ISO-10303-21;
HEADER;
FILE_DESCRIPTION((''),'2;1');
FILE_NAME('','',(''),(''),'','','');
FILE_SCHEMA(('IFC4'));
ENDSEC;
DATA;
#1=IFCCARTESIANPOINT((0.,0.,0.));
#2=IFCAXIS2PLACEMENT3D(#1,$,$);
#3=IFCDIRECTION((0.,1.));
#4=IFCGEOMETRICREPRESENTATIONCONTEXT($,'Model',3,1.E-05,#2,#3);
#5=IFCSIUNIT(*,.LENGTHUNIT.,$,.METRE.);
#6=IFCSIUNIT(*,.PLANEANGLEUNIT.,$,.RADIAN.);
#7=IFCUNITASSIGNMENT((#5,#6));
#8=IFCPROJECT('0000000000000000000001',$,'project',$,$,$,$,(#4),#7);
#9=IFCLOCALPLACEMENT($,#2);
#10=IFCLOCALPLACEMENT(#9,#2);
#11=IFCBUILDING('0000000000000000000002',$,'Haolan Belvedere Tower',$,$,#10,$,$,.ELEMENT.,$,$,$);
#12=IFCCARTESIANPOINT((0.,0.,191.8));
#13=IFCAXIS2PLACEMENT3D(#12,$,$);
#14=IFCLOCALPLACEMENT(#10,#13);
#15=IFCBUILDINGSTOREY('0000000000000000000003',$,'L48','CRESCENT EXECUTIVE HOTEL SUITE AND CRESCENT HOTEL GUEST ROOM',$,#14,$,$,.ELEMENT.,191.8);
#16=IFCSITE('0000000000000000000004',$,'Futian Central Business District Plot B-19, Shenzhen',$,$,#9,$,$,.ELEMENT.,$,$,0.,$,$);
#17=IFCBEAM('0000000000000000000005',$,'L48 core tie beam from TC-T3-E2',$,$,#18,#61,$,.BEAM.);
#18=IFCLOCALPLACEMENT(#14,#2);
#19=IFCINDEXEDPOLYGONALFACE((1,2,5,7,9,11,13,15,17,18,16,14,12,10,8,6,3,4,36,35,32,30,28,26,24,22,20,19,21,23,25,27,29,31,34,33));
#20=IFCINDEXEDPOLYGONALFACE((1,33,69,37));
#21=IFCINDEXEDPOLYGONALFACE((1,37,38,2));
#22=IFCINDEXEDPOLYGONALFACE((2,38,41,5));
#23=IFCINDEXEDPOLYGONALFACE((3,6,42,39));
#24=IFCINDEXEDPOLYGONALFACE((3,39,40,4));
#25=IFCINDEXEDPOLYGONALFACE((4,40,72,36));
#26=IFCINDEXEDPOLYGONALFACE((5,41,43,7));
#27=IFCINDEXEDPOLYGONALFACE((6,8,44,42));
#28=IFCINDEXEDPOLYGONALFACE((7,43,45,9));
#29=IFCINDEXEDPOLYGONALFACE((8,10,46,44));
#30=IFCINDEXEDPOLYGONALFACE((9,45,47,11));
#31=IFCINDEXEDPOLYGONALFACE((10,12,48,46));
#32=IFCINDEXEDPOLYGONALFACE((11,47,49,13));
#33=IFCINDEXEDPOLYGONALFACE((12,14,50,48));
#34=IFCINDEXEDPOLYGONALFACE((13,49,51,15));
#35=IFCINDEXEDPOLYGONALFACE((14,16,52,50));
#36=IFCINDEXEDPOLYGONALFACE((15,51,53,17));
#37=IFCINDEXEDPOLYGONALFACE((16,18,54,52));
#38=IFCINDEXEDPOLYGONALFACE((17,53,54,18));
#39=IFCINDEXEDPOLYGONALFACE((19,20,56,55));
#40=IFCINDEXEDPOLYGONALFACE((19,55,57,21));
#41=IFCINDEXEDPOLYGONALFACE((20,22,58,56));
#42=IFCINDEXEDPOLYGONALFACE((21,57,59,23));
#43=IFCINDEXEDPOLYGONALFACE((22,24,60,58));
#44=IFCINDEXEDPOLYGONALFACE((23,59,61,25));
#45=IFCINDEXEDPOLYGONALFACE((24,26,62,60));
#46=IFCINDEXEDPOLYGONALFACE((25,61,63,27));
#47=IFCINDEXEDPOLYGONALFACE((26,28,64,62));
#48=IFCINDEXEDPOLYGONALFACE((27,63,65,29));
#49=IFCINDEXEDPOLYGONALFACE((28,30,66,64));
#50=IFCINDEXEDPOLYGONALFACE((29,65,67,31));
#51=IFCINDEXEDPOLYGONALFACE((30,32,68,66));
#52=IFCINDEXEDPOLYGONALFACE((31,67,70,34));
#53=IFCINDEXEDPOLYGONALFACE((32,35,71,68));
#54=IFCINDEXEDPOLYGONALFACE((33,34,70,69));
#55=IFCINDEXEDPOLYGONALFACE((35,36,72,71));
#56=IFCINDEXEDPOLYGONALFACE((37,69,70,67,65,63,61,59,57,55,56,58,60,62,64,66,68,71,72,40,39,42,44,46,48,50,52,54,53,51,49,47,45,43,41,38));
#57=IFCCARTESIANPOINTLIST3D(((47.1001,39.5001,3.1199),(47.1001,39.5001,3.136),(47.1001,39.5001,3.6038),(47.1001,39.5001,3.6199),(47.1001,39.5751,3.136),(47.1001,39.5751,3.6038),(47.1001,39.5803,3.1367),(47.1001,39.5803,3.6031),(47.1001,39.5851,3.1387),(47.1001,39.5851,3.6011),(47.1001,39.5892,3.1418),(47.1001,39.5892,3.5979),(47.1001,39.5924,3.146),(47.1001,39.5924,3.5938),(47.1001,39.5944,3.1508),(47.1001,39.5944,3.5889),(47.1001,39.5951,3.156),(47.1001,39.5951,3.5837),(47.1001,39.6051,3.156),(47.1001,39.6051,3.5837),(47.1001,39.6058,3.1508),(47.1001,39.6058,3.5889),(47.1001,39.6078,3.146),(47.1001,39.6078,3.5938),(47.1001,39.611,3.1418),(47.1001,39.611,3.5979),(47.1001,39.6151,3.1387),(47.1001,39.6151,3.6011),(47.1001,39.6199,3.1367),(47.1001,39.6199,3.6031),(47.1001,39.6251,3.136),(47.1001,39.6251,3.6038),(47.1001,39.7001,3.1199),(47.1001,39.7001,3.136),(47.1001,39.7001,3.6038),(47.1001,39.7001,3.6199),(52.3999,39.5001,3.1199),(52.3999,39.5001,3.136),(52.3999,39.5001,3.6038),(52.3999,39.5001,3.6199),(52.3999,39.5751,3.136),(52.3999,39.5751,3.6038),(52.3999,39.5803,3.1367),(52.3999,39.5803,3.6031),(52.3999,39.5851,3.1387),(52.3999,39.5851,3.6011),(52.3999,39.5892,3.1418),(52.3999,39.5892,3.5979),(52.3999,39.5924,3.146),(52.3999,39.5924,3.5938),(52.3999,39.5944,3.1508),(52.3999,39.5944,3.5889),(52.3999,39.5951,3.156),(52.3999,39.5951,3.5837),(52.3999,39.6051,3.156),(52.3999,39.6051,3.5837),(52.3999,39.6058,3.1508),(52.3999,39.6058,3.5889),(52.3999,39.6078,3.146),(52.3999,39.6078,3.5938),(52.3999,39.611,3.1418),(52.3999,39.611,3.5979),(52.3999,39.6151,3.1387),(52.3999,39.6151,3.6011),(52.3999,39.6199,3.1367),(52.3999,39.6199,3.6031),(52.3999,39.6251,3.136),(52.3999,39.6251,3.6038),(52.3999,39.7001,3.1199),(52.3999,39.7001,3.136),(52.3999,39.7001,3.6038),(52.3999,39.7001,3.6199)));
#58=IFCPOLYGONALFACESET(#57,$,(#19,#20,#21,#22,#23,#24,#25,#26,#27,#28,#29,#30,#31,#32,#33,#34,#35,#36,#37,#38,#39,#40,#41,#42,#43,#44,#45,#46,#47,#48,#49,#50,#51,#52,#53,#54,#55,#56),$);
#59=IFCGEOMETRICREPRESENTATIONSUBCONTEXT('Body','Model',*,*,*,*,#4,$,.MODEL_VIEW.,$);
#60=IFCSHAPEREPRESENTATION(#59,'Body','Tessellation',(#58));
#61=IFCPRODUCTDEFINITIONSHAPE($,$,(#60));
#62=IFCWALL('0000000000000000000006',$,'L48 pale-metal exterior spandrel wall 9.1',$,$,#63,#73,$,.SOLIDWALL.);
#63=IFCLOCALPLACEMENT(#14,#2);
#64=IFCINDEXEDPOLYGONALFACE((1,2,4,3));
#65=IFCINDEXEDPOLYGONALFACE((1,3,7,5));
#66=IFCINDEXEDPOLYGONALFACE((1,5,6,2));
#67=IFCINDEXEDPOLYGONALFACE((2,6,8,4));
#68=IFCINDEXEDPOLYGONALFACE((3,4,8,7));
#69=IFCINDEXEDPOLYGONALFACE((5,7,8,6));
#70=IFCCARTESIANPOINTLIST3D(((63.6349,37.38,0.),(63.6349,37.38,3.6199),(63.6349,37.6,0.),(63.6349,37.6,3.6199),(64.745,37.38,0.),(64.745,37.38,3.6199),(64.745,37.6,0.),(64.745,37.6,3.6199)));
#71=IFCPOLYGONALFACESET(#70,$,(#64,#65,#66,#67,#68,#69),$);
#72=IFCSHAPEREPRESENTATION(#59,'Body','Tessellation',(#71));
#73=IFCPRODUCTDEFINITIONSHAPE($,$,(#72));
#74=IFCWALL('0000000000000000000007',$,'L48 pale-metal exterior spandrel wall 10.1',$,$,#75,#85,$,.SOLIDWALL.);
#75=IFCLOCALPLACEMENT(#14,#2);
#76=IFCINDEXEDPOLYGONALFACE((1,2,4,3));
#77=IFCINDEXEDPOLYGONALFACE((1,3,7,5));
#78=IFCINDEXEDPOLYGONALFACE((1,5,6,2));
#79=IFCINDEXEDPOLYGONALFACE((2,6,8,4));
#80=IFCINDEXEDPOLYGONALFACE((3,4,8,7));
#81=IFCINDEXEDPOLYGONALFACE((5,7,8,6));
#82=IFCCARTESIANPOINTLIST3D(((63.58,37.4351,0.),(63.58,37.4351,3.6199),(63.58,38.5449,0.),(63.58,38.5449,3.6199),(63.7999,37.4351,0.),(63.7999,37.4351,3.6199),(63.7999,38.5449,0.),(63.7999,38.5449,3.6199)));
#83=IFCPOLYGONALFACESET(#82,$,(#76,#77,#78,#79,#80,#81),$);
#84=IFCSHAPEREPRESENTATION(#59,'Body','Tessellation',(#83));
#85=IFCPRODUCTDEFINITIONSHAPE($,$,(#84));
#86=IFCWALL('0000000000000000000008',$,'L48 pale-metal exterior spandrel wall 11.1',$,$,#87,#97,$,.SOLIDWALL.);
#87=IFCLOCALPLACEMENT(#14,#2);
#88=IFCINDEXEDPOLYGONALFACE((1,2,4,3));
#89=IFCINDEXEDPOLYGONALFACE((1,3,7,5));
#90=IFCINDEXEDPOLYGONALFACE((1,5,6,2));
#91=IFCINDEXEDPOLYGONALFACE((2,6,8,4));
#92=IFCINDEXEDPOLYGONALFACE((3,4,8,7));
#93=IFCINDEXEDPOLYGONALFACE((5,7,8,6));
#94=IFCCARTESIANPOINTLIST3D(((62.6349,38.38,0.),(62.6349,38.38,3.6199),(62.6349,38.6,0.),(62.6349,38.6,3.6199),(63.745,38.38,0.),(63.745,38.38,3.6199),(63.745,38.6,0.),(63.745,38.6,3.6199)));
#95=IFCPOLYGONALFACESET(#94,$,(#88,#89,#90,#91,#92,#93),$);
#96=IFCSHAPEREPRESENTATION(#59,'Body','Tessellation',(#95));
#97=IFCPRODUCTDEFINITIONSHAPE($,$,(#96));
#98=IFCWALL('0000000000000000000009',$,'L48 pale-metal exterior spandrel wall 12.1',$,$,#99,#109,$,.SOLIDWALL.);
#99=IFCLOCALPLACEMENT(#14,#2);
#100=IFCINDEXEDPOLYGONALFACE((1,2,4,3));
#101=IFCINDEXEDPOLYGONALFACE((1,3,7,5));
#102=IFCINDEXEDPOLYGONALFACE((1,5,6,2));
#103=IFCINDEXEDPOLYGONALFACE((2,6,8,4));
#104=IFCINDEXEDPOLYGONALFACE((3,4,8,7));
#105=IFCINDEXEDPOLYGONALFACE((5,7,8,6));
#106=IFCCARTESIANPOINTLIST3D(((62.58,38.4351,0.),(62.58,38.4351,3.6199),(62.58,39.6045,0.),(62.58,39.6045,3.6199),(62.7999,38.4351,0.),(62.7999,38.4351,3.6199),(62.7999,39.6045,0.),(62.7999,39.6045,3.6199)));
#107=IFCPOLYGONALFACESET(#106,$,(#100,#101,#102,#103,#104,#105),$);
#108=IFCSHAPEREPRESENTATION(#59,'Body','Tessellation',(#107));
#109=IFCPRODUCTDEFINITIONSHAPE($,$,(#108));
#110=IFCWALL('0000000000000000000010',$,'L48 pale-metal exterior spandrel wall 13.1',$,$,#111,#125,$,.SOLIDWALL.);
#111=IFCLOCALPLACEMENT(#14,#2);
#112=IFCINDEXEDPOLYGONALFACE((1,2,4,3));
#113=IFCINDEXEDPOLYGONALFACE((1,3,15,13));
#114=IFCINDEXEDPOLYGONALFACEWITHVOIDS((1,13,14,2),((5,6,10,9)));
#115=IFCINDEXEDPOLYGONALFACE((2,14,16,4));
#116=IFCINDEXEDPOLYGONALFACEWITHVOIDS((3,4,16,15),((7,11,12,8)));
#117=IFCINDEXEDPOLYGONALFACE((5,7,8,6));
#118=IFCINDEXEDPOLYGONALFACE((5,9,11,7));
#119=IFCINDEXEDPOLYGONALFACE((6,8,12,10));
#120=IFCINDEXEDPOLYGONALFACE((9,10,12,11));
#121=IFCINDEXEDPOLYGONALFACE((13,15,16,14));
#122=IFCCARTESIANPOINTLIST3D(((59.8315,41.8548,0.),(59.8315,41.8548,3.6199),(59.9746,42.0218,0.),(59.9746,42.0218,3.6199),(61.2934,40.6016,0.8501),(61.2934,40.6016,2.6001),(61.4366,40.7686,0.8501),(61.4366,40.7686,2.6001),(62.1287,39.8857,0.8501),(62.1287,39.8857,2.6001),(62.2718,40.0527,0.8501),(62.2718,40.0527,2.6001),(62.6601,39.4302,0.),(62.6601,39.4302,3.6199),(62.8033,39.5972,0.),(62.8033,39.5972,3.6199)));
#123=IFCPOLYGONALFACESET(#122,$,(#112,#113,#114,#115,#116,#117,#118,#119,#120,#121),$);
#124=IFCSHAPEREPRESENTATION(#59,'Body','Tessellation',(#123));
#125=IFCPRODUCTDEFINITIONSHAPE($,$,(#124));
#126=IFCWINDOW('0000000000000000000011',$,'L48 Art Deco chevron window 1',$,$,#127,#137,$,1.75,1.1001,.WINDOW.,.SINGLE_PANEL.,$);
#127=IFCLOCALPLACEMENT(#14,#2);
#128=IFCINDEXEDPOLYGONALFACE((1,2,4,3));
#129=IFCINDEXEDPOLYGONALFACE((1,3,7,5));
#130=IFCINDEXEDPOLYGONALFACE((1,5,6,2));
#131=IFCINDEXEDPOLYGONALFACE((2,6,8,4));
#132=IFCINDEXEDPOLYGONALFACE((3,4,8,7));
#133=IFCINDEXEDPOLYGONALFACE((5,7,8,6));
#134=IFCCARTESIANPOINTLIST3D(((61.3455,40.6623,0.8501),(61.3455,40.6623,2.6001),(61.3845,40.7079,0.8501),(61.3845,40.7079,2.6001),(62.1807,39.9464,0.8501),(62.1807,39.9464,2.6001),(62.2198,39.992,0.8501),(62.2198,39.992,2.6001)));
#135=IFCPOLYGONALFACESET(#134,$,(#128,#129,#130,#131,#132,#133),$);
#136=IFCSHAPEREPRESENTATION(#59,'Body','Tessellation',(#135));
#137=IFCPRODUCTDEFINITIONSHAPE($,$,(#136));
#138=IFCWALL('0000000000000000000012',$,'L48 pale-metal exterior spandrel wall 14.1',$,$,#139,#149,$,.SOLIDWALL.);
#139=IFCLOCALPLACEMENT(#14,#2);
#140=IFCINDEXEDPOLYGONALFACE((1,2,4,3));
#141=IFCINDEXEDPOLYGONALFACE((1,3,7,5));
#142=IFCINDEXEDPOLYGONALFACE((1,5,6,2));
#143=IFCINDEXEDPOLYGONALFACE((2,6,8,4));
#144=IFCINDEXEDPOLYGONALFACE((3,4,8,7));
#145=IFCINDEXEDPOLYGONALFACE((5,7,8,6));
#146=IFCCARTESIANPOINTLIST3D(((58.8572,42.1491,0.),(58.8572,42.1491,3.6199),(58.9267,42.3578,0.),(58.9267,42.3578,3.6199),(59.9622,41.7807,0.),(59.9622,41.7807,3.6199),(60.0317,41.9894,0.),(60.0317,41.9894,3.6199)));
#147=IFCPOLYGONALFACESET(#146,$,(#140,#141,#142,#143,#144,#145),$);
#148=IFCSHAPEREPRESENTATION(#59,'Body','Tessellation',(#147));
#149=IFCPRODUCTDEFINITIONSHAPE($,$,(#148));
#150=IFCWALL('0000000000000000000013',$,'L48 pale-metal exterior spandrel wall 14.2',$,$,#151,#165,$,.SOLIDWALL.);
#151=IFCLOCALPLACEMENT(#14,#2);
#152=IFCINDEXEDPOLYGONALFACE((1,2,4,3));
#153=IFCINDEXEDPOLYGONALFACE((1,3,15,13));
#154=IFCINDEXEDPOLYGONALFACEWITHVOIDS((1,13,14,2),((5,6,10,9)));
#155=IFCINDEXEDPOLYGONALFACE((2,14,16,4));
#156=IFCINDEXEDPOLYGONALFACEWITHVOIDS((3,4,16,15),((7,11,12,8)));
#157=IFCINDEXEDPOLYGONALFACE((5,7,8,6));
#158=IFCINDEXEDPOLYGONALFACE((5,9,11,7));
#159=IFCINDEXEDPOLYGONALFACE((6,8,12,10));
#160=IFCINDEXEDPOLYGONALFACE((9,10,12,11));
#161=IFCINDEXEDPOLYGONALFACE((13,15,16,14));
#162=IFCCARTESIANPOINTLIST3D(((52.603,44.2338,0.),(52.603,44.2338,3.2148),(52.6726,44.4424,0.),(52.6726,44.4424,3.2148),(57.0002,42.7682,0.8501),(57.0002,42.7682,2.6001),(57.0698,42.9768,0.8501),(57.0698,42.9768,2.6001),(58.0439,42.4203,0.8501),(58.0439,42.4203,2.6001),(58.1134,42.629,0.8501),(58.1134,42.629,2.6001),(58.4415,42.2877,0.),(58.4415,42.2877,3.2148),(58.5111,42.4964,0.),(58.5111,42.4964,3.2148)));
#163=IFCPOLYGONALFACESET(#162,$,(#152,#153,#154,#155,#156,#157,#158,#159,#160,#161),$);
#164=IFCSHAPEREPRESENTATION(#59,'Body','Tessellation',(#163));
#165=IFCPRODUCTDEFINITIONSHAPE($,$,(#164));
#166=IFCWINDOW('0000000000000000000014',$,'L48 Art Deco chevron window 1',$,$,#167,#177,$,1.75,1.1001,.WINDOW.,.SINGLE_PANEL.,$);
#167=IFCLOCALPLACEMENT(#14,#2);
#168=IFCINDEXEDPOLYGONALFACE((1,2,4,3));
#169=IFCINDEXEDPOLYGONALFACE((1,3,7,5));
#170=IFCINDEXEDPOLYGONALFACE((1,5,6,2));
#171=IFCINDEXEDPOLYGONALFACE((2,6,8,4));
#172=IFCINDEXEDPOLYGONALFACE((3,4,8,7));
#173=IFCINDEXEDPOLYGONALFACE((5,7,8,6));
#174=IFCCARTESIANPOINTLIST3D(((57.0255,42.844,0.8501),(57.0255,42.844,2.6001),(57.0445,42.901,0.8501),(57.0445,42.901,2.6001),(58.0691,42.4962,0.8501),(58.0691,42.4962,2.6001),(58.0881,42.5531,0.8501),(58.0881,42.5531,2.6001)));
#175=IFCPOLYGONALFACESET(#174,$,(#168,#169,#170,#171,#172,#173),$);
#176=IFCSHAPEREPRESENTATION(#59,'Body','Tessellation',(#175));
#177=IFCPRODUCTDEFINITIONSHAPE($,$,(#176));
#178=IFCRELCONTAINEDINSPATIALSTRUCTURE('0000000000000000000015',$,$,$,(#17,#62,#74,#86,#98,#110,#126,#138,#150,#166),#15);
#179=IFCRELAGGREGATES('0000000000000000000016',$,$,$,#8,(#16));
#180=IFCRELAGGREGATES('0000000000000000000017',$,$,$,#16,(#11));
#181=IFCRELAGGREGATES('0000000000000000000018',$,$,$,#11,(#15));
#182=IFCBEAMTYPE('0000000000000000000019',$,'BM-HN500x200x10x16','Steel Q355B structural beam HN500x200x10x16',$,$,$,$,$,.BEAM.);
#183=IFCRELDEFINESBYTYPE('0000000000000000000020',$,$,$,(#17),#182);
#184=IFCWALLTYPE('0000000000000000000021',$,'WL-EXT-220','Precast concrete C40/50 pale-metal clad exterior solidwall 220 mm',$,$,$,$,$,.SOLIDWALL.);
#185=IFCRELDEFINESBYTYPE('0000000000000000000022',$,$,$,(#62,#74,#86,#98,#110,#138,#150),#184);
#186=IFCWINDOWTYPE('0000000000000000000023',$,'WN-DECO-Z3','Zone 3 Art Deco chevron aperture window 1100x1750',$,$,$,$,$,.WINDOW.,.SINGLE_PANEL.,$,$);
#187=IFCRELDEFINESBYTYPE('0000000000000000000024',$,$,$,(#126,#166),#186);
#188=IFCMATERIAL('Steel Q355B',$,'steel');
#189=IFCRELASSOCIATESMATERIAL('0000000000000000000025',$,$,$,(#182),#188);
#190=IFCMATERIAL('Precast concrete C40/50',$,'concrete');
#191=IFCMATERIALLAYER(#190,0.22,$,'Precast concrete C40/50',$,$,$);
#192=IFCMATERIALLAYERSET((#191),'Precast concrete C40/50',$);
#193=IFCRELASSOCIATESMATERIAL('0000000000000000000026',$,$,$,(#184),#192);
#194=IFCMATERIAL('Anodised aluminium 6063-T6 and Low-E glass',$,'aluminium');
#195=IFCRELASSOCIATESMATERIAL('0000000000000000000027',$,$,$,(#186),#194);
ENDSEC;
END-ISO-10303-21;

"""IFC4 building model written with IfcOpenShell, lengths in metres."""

from ifc_helpers import new_model, si_unit, direction, frame, frame_2d, origin, origin_2d, place, context, subcontext, project, spatial, rectangle, i_section, extrude, material, layer, layer_set, material_profile, profile_set, type_object, element, fill, save


model = new_model("IFC4")

# Units and contexts
model_context = context("Model", 3, precision=1e-05, world=origin(), true_north=direction((0.0, 1.0)))
body_context = subcontext(model_context, "Body", "Model", "MODEL_VIEW")
ifc_project = project(units=[si_unit("LENGTHUNIT", "METRE"), si_unit("PLANEANGLEUNIT", "RADIAN")], contexts=[model_context])

# Site, building, storey
site_placement = place(None, origin())
site = spatial("IfcSite", under=ifc_project, at=site_placement, Name="Futian Central Business District Plot B-19, Shenzhen", CompositionType="ELEMENT", RefElevation=0.0)
building_placement = place(site_placement, origin())
building = spatial("IfcBuilding", under=site, at=building_placement, Name="Haolan Belvedere Tower", CompositionType="ELEMENT")
storey_placement = place(building_placement, frame((0.0, 0.0, 191.8)))
storey = spatial("IfcBuildingStorey", under=building, at=storey_placement, Name="L48", Description="CRESCENT EXECUTIVE HOTEL SUITE AND CRESCENT HOTEL GUEST ROOM", CompositionType="ELEMENT", Elevation=191.8)

# Beam
ifc_material_1 = material(Name="Steel Q355B", Category="steel")
ifc_material_profile_1 = material_profile(ifc_material_1, i_section(OverallWidth=0.2, OverallDepth=0.5, WebThickness=0.01, FlangeThickness=0.0161, FilletRadius=0.02, at=origin_2d()), Name="Steel Q355B")
ifc_profile_set_1 = profile_set([ifc_material_profile_1], Name="Steel Q355B")
beam_type_1 = type_object("IfcBeamType", Name="BM-HN500x200x10x16", Description="Steel Q355B structural beam HN500x200x10x16", PredefinedType="BEAM", material=ifc_profile_set_1)
beam_1_placement = place(storey_placement, frame((52.3999, 39.6001, 3.3699), z_axis=(-1.0, 0.0, 0.0), x_axis=(0.0, -1.0, 0.0)))
element("IfcBeam", 1, at=beam_1_placement, inside=storey, type_object=beam_type_1, Name="L48 core tie beam from TC-T3-E2", PredefinedType="BEAM", context=body_context, shape_type="SweptSolid", body=[
    extrude(i_section(OverallWidth=0.2, OverallDepth=0.5, WebThickness=0.01, FlangeThickness=0.0161, FilletRadius=0.02, at=origin_2d()), origin(), (0.0, 0.0, 1.0), 5.2998),
])

# Walls
ifc_material_2 = material(Name="Precast concrete C40/50", Category="concrete")
ifc_layer_1 = layer(ifc_material_2, 0.22, Name="Precast concrete C40/50")
ifc_layer_set_1 = layer_set([ifc_layer_1], Name="Precast concrete C40/50")
wall_type_1 = type_object("IfcWallType", Name="WL-EXT-220", Description="Precast concrete C40/50 pale-metal clad exterior solidwall 220 mm", PredefinedType="SOLIDWALL", material=ifc_layer_set_1)
wall_1_placement = place(storey_placement, frame((64.7451, 37.49, 0.0), z_axis=(0.0, 0.0, 1.0), x_axis=(-1.0, 0.0, 0.0)))
element("IfcWall", 2, at=wall_1_placement, inside=storey, type_object=wall_type_1, Name="L48 pale-metal exterior spandrel wall 9.1", PredefinedType="SOLIDWALL", context=body_context, shape_type="SweptSolid", body=[
    extrude(rectangle(XDim=1.1101, YDim=0.22, at=frame_2d((0.5552, 0.0))), origin(), (0.0, 0.0, 1.0), 3.6199),
])
wall_2_placement = place(storey_placement, frame((63.6899, 37.4351, 0.0), z_axis=(0.0, 0.0, 1.0), x_axis=(0.0, 1.0, 0.0)))
element("IfcWall", 3, at=wall_2_placement, inside=storey, type_object=wall_type_1, Name="L48 pale-metal exterior spandrel wall 10.1", PredefinedType="SOLIDWALL", context=body_context, shape_type="SweptSolid", body=[
    extrude(rectangle(XDim=1.1099, YDim=0.22, at=frame_2d((0.5549, 0.0))), origin(), (0.0, 0.0, 1.0), 3.6199),
])
wall_3_placement = place(storey_placement, frame((63.7451, 38.49, 0.0), z_axis=(0.0, 0.0, 1.0), x_axis=(-1.0, 0.0, 0.0)))
element("IfcWall", 4, at=wall_3_placement, inside=storey, type_object=wall_type_1, Name="L48 pale-metal exterior spandrel wall 11.1", PredefinedType="SOLIDWALL", context=body_context, shape_type="SweptSolid", body=[
    extrude(rectangle(XDim=1.1101, YDim=0.22, at=frame_2d((0.5552, 0.0))), origin(), (0.0, 0.0, 1.0), 3.6199),
])
wall_4_placement = place(storey_placement, frame((62.6899, 38.4351, 0.0), z_axis=(0.0, 0.0, 1.0), x_axis=(0.0, 1.0, 0.0)))
element("IfcWall", 5, at=wall_4_placement, inside=storey, type_object=wall_type_1, Name="L48 pale-metal exterior spandrel wall 12.1", PredefinedType="SOLIDWALL", context=body_context, shape_type="SweptSolid", body=[
    extrude(rectangle(XDim=1.1694, YDim=0.22, at=frame_2d((0.5847, 0.0))), origin(), (0.0, 0.0, 1.0), 3.6199),
])

# Wall, opening, window
wall_5_placement = place(storey_placement, frame((62.7317, 39.5137, 0.0), z_axis=(0.0, 0.0, 1.0), x_axis=(-0.759252, 0.650797, 0.0)))
wall_5 = element("IfcWall", 6, at=wall_5_placement, inside=storey, type_object=wall_type_1, Name="L48 pale-metal exterior spandrel wall 13.1", PredefinedType="SOLIDWALL", context=body_context, shape_type="SweptSolid", body=[
    extrude(rectangle(XDim=3.7256, YDim=0.22, at=frame_2d((1.8628, 0.0))), origin(), (0.0, 0.0, 1.0), 3.6199),
])
opening_1_placement = place(wall_5_placement, frame((0.7, 0.0, 0.8501)))
opening_1 = element("IfcOpeningElement", 7, at=opening_1_placement, cuts=wall_5, PredefinedType="OPENING", context=body_context, shape_type="SweptSolid", body=[
    extrude(rectangle(XDim=1.1001, YDim=1.75, at=frame_2d((0.55, 0.875))), frame((0.0, 0.1199, 0.0), z_axis=(0.0, -1.0, 0.0), x_axis=(1.0, 0.0, 0.0)), (0.0, 0.0, 1.0), 0.24),
])
ifc_material_3 = material(Name="Anodised aluminium 6063-T6 and Low-E glass", Category="aluminium")
window_type = type_object("IfcWindowType", Name="WN-DECO-Z3", Description="Zone 3 Art Deco chevron aperture window 1100x1750", PartitioningType="SINGLE_PANEL", PredefinedType="WINDOW", material=ifc_material_3)
window_1_placement = place(opening_1_placement, origin())
window_1 = element("IfcWindow", 8, at=window_1_placement, inside=storey, type_object=window_type, Name="L48 Art Deco chevron window 1", OverallHeight=1.75, OverallWidth=1.1001, PartitioningType="SINGLE_PANEL", PredefinedType="WINDOW", context=body_context, shape_type="SweptSolid", body=[
    extrude(rectangle(XDim=1.1001, YDim=1.75, at=frame_2d((0.55, 0.875))), frame((0.0, 0.03, 0.0), z_axis=(0.0, -1.0, 0.0), x_axis=(1.0, 0.0, 0.0)), (0.0, 0.0, 1.0), 0.0601),
])
fill(opening_1, window_1)

# Wall
wall_6_placement = place(storey_placement, frame((59.9971, 41.885, 0.0), z_axis=(0.0, 0.0, 1.0), x_axis=(-0.948662, 0.316291, 0.0)))
element("IfcWall", 9, at=wall_6_placement, inside=storey, type_object=wall_type_1, Name="L48 pale-metal exterior spandrel wall 14.1", PredefinedType="SOLIDWALL", context=body_context, shape_type="SweptSolid", body=[
    extrude(rectangle(XDim=1.1648, YDim=0.22, at=frame_2d((0.5825, 0.0))), origin(), (0.0, 0.0, 1.0), 3.6199),
])

# Wall, opening, window
wall_7_placement = place(storey_placement, frame((58.4763, 42.3921, 0.0), z_axis=(0.0, 0.0, 1.0), x_axis=(-0.948691, 0.316204, 0.0)))
wall_7 = element("IfcWall", 10, at=wall_7_placement, inside=storey, type_object=wall_type_1, Name="L48 pale-metal exterior spandrel wall 14.2", PredefinedType="SOLIDWALL", context=body_context, shape_type="SweptSolid", body=[
    extrude(rectangle(XDim=6.1543, YDim=0.22, at=frame_2d((3.0771, 0.0))), origin(), (0.0, 0.0, 1.0), 3.2148),
])
opening_2_placement = place(wall_7_placement, frame((0.4192, 0.0, 0.8501)))
opening_2 = element("IfcOpeningElement", 11, at=opening_2_placement, cuts=wall_7, PredefinedType="OPENING", context=body_context, shape_type="SweptSolid", body=[
    extrude(rectangle(XDim=1.1001, YDim=1.75, at=frame_2d((0.55, 0.875))), frame((0.0, 0.1199, 0.0), z_axis=(0.0, -1.0, 0.0), x_axis=(1.0, 0.0, 0.0)), (0.0, 0.0, 1.0), 0.24),
])
window_2_placement = place(opening_2_placement, origin())
window_2 = element("IfcWindow", 12, at=window_2_placement, inside=storey, type_object=window_type, Name="L48 Art Deco chevron window 1", OverallHeight=1.75, OverallWidth=1.1001, PartitioningType="SINGLE_PANEL", PredefinedType="WINDOW", context=body_context, shape_type="SweptSolid", body=[
    extrude(rectangle(XDim=1.1001, YDim=1.75, at=frame_2d((0.55, 0.875))), frame((0.0, 0.03, 0.0), z_axis=(0.0, -1.0, 0.0), x_axis=(1.0, 0.0, 0.0)), (0.0, 0.0, 1.0), 0.0601),
])
fill(opening_2, window_2)

save(model, "model.ifc")
